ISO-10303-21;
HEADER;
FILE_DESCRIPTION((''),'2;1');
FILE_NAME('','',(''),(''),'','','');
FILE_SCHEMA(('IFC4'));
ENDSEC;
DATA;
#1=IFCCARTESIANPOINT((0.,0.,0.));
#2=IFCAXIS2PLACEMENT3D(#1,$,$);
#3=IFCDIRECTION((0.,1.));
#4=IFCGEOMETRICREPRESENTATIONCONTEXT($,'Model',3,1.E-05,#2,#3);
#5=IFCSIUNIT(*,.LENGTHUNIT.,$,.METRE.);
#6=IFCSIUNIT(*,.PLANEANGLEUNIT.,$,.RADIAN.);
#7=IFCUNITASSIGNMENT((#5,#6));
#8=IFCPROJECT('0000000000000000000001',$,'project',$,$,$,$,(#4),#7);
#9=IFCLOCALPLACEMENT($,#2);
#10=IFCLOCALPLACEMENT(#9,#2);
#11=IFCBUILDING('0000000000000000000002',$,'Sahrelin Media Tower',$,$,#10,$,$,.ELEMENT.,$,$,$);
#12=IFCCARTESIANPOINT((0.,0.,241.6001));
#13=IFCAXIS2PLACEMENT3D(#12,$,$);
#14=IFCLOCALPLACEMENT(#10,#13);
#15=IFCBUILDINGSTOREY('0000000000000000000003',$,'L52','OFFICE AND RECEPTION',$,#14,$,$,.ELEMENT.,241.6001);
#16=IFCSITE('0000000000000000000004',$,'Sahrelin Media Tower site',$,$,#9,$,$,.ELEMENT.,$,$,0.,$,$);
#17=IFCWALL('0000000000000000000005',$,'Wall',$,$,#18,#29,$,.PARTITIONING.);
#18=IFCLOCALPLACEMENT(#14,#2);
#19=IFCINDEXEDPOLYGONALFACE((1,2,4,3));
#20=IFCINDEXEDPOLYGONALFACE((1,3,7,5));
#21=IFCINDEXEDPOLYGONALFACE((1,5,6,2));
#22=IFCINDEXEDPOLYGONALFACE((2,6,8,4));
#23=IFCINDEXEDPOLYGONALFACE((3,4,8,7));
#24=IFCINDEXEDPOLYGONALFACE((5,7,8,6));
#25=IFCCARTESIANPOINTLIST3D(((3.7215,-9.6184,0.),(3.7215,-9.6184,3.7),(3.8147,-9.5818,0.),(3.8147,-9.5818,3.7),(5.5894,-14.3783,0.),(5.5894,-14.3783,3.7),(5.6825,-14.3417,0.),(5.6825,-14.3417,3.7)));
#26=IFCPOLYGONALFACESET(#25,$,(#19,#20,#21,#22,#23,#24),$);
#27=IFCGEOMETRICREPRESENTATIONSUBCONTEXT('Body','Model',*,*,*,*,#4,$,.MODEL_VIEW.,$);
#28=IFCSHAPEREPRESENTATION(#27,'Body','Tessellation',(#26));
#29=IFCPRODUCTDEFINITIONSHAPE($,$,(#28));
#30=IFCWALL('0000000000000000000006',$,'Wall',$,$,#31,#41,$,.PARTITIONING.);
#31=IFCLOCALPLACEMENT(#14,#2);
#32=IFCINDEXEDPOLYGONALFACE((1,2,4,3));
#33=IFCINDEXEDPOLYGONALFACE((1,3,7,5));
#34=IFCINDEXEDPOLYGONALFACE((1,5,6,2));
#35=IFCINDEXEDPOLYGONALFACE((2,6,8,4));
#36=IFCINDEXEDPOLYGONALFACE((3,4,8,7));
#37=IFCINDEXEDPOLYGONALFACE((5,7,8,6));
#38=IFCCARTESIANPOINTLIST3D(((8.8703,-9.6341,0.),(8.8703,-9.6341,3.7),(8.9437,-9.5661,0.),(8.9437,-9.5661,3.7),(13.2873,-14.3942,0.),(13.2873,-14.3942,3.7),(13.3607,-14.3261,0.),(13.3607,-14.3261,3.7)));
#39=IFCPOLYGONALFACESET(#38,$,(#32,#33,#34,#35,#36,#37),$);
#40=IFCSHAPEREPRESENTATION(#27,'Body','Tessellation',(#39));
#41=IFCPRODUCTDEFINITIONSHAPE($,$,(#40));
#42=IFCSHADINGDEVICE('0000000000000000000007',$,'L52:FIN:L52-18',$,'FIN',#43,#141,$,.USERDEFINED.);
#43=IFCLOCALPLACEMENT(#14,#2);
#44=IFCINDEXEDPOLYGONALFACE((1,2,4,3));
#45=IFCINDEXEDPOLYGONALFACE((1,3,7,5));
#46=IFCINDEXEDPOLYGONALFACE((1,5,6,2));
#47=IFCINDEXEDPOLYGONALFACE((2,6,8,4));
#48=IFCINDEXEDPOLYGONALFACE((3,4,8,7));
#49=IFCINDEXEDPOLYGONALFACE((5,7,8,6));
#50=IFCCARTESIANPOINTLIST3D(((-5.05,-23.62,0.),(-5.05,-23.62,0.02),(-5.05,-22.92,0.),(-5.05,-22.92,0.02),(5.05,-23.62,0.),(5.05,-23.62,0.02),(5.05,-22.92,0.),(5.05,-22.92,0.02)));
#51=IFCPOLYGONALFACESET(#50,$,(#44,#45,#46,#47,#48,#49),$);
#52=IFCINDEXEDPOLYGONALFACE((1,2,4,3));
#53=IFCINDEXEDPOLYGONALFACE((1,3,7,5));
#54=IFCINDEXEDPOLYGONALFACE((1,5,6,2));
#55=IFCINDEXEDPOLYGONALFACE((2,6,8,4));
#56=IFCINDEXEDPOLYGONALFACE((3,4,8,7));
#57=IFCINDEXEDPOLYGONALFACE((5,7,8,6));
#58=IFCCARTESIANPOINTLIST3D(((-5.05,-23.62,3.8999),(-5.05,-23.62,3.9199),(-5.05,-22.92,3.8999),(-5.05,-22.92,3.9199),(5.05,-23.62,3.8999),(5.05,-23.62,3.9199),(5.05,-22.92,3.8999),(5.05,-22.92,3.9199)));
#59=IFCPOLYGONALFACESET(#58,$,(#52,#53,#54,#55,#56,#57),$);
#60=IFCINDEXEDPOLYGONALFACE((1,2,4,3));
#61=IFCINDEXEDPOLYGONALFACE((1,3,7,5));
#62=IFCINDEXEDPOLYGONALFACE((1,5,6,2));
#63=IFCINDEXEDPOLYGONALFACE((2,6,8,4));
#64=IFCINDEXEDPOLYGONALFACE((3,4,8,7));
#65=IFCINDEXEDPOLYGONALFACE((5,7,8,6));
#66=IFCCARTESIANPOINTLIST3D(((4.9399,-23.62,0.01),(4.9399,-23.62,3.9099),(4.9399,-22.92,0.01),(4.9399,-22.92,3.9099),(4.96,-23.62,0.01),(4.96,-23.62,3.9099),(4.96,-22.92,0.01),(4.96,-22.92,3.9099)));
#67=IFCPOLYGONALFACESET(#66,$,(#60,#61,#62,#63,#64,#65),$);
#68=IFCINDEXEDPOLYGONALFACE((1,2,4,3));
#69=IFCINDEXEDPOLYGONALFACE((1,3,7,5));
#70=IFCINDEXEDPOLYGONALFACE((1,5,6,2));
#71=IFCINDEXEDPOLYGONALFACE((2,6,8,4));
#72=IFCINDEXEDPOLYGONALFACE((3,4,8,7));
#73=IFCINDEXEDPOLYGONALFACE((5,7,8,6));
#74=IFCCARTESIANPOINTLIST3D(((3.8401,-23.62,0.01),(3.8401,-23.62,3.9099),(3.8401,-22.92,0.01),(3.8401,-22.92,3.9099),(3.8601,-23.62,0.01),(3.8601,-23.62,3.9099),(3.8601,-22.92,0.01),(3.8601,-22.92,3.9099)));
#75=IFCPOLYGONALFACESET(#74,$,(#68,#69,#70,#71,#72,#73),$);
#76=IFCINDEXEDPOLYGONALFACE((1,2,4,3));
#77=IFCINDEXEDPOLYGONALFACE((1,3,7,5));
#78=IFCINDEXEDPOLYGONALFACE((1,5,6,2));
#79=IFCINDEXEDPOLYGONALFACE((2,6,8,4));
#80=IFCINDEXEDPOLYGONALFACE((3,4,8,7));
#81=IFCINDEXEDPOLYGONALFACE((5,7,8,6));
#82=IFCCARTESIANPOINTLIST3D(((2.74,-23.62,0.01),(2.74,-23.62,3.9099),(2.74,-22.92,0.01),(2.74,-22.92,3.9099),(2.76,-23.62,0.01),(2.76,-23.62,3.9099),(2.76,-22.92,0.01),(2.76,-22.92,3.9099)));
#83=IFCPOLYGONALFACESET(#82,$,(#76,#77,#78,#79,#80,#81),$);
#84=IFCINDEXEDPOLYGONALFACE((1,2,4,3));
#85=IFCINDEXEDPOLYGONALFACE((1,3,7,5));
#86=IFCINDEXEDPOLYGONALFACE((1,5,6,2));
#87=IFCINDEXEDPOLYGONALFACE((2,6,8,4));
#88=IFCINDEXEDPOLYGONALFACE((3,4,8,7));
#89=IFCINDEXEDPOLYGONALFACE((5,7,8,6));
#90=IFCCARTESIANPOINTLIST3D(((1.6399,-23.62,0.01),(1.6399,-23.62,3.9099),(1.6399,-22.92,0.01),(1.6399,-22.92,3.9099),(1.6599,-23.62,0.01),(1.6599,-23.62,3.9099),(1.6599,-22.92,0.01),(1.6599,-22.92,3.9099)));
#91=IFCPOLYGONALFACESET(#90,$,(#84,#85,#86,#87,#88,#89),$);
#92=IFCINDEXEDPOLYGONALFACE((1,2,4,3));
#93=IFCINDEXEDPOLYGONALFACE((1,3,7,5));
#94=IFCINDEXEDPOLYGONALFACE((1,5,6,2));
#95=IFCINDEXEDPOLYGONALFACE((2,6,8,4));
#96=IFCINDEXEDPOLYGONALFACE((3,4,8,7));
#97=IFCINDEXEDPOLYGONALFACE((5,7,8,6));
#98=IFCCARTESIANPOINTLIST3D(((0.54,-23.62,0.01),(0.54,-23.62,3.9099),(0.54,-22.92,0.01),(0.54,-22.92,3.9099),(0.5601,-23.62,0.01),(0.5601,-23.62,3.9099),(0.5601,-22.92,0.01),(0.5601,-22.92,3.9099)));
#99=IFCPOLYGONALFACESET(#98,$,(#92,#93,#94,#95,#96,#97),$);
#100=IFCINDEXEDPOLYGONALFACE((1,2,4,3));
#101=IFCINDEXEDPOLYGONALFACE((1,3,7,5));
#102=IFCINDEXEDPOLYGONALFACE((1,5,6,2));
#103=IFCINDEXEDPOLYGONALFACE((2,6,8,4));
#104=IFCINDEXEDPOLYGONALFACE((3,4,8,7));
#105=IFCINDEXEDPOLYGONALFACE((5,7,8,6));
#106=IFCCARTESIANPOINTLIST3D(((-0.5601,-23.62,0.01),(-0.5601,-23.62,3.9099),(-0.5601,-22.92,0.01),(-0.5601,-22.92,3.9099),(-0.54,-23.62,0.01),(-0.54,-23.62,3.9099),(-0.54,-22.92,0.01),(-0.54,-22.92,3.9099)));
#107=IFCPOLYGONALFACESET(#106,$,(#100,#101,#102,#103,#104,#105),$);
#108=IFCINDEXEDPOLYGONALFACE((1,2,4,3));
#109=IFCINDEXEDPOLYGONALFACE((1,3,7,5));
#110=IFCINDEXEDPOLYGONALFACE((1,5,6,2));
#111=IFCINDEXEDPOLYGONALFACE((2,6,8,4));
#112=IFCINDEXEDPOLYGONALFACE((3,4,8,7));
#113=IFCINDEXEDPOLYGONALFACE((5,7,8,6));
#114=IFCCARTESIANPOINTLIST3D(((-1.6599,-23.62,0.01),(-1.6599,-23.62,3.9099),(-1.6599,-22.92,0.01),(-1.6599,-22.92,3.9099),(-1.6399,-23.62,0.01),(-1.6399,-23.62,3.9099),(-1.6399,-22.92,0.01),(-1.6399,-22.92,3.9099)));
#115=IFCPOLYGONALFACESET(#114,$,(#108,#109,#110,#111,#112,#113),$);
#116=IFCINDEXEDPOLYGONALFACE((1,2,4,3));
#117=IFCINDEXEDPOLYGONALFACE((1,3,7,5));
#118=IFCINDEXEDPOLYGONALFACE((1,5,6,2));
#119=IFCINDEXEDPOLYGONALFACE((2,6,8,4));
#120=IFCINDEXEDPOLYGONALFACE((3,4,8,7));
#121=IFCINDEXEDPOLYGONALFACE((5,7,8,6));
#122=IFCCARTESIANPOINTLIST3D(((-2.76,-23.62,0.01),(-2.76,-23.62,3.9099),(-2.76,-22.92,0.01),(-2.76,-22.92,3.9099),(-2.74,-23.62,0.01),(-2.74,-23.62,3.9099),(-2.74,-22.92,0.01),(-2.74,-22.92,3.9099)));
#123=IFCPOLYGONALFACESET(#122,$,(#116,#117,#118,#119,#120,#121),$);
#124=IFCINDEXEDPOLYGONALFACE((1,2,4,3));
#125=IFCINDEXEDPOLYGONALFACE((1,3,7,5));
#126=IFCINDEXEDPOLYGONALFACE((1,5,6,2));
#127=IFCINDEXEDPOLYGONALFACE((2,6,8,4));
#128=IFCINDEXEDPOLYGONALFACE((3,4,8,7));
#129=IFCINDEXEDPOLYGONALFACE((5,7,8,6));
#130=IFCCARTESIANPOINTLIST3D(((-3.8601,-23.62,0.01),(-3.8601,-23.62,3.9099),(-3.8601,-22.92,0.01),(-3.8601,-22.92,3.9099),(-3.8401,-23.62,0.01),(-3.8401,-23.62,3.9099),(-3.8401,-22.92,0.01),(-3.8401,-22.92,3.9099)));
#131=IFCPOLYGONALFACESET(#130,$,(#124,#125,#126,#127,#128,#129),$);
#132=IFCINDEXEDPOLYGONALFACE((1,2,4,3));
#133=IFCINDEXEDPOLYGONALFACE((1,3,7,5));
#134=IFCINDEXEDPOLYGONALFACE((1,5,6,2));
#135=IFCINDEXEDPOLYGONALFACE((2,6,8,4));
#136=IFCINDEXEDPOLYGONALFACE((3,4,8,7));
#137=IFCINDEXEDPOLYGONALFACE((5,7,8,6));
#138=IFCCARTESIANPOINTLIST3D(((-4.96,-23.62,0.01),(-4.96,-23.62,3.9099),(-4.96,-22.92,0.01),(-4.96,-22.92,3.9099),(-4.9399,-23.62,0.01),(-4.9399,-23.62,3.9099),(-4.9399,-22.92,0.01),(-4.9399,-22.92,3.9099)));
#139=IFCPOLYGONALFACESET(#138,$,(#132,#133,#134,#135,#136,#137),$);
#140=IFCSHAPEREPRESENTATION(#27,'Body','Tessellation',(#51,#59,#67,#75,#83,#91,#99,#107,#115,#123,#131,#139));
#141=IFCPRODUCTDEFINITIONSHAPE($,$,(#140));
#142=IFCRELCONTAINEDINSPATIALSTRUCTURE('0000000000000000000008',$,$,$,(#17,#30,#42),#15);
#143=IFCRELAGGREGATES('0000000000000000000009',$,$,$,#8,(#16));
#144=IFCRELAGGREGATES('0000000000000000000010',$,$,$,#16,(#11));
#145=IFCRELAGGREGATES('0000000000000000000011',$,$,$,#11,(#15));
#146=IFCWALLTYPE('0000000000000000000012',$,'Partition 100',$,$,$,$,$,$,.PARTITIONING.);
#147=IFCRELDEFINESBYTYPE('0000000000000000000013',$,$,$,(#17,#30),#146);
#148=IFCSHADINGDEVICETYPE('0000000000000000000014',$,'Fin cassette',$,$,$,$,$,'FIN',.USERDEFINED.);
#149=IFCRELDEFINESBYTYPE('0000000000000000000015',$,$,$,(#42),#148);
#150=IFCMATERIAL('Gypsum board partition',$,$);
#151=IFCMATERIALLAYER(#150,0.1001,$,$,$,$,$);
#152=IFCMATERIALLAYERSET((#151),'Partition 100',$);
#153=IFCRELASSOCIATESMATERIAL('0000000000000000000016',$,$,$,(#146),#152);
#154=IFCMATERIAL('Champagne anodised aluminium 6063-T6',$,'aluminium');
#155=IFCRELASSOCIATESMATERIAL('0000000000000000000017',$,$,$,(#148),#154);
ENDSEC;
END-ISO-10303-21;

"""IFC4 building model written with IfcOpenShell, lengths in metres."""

from ifc_helpers import new_model, si_unit, direction, frame, frame_2d, origin, origin_2d, place, context, subcontext, project, spatial, rectangle, extrude, material, layer, layer_set, type_object, element, save


model = new_model("IFC4")

# Units and contexts
model_context = context("Model", 3, precision=1e-05, world=origin(), true_north=direction((0.0, 1.0)))
body_context = subcontext(model_context, "Body", "Model", "MODEL_VIEW")
ifc_project = project(units=[si_unit("LENGTHUNIT", "METRE"), si_unit("PLANEANGLEUNIT", "RADIAN")], contexts=[model_context])

# Site, building, storey
site_placement = place(None, origin())
site = spatial("IfcSite", under=ifc_project, at=site_placement, Name="Sahrelin Media Tower site", CompositionType="ELEMENT", RefElevation=0.0)
building_placement = place(site_placement, origin())
building = spatial("IfcBuilding", under=site, at=building_placement, Name="Sahrelin Media Tower", CompositionType="ELEMENT")
storey_placement = place(building_placement, frame((0.0, 0.0, 241.6001)))
storey = spatial("IfcBuildingStorey", under=building, at=storey_placement, Name="L52", Description="OFFICE AND RECEPTION", CompositionType="ELEMENT", Elevation=241.6001)

# Shared definitions
ifc_material_1 = material(Name="Champagne anodised aluminium 6063-T6", Category="aluminium")

# Walls
ifc_material_2 = material(Name="Gypsum board partition")
ifc_layer_1 = layer(ifc_material_2, 0.1001)
ifc_layer_set_1 = layer_set([ifc_layer_1], Name="Partition 100")
wall_type_1 = type_object("IfcWallType", Name="Partition 100", PredefinedType="PARTITIONING", material=ifc_layer_set_1)
wall_1_placement = place(storey_placement, frame((3.7681, -9.6001, 0.0), z_axis=(0.0, 0.0, 1.0), x_axis=(0.365299, -0.93089, 0.0)))
element("IfcWall", 1, at=wall_1_placement, inside=storey, type_object=wall_type_1, Name="Wall", PredefinedType="PARTITIONING", context=body_context, shape_type="SweptSolid", body=[
    extrude(rectangle(XDim=5.1133, YDim=0.1001, at=frame_2d((2.5566, 0.0))), origin(), (0.0, 0.0, 1.0), 3.7),
])
wall_2_placement = place(storey_placement, frame((8.907, -9.6001, 0.0), z_axis=(0.0, 0.0, 1.0), x_axis=(0.680202, -0.733025, 0.0)))
element("IfcWall", 2, at=wall_2_placement, inside=storey, type_object=wall_type_1, Name="Wall", PredefinedType="PARTITIONING", context=body_context, shape_type="SweptSolid", body=[
    extrude(rectangle(XDim=6.4937, YDim=0.1001, at=frame_2d((3.2468, 0.0))), origin(), (0.0, 0.0, 1.0), 3.7),
])

# Shading device
shading_device_type_1 = type_object("IfcShadingDeviceType", Name="Fin cassette", ElementType="FIN", PredefinedType="USERDEFINED", material=ifc_material_1)
placement_1 = place(storey_placement, frame((0.0, -22.8501, 0.0), z_axis=(0.0, 0.0, 1.0), x_axis=(-1.0, 0.0, 0.0)))
element("IfcShadingDevice", 3, at=placement_1, inside=storey, type_object=shading_device_type_1, Name="L52:FIN:L52-18", ObjectType="FIN", PredefinedType="USERDEFINED", context=body_context, shape_type="SweptSolid", body=[
    extrude(rectangle(XDim=10.1001, YDim=0.7, at=origin_2d()), frame((0.0, 0.4199, 0.0)), (0.0, 0.0, 1.0), 0.02),
    extrude(rectangle(XDim=10.1001, YDim=0.7, at=origin_2d()), frame((0.0, 0.4199, 3.8999)), (0.0, 0.0, 1.0), 0.02),
    extrude(rectangle(XDim=0.02, YDim=0.7, at=origin_2d()), frame((-4.95, 0.4199, 0.01), z_axis=(0.0, 0.0, 1.0), x_axis=(1.0, 0.0, 0.0)), (0.0, 0.0, 1.0), 3.8999),
    extrude(rectangle(XDim=0.02, YDim=0.7, at=origin_2d()), frame((-3.8501, 0.4199, 0.01), z_axis=(0.0, 0.0, 1.0), x_axis=(1.0, 0.0, 0.0)), (0.0, 0.0, 1.0), 3.8999),
    extrude(rectangle(XDim=0.02, YDim=0.7, at=origin_2d()), frame((-2.75, 0.4199, 0.01), z_axis=(0.0, 0.0, 1.0), x_axis=(1.0, 0.0, 0.0)), (0.0, 0.0, 1.0), 3.8999),
    extrude(rectangle(XDim=0.02, YDim=0.7, at=origin_2d()), frame((-1.6499, 0.4199, 0.01), z_axis=(0.0, 0.0, 1.0), x_axis=(1.0, 0.0, 0.0)), (0.0, 0.0, 1.0), 3.8999),
    extrude(rectangle(XDim=0.02, YDim=0.7, at=origin_2d()), frame((-0.55, 0.4199, 0.01), z_axis=(0.0, 0.0, 1.0), x_axis=(1.0, 0.0, 0.0)), (0.0, 0.0, 1.0), 3.8999),
    extrude(rectangle(XDim=0.02, YDim=0.7, at=origin_2d()), frame((0.55, 0.4199, 0.01), z_axis=(0.0, 0.0, 1.0), x_axis=(1.0, 0.0, 0.0)), (0.0, 0.0, 1.0), 3.8999),
    extrude(rectangle(XDim=0.02, YDim=0.7, at=origin_2d()), frame((1.6499, 0.4199, 0.01), z_axis=(0.0, 0.0, 1.0), x_axis=(1.0, 0.0, 0.0)), (0.0, 0.0, 1.0), 3.8999),
    extrude(rectangle(XDim=0.02, YDim=0.7, at=origin_2d()), frame((2.75, 0.4199, 0.01), z_axis=(0.0, 0.0, 1.0), x_axis=(1.0, 0.0, 0.0)), (0.0, 0.0, 1.0), 3.8999),
    extrude(rectangle(XDim=0.02, YDim=0.7, at=origin_2d()), frame((3.8501, 0.4199, 0.01), z_axis=(0.0, 0.0, 1.0), x_axis=(1.0, 0.0, 0.0)), (0.0, 0.0, 1.0), 3.8999),
    extrude(rectangle(XDim=0.02, YDim=0.7, at=origin_2d()), frame((4.95, 0.4199, 0.01), z_axis=(0.0, 0.0, 1.0), x_axis=(1.0, 0.0, 0.0)), (0.0, 0.0, 1.0), 3.8999),
])

save(model, "model.ifc")
